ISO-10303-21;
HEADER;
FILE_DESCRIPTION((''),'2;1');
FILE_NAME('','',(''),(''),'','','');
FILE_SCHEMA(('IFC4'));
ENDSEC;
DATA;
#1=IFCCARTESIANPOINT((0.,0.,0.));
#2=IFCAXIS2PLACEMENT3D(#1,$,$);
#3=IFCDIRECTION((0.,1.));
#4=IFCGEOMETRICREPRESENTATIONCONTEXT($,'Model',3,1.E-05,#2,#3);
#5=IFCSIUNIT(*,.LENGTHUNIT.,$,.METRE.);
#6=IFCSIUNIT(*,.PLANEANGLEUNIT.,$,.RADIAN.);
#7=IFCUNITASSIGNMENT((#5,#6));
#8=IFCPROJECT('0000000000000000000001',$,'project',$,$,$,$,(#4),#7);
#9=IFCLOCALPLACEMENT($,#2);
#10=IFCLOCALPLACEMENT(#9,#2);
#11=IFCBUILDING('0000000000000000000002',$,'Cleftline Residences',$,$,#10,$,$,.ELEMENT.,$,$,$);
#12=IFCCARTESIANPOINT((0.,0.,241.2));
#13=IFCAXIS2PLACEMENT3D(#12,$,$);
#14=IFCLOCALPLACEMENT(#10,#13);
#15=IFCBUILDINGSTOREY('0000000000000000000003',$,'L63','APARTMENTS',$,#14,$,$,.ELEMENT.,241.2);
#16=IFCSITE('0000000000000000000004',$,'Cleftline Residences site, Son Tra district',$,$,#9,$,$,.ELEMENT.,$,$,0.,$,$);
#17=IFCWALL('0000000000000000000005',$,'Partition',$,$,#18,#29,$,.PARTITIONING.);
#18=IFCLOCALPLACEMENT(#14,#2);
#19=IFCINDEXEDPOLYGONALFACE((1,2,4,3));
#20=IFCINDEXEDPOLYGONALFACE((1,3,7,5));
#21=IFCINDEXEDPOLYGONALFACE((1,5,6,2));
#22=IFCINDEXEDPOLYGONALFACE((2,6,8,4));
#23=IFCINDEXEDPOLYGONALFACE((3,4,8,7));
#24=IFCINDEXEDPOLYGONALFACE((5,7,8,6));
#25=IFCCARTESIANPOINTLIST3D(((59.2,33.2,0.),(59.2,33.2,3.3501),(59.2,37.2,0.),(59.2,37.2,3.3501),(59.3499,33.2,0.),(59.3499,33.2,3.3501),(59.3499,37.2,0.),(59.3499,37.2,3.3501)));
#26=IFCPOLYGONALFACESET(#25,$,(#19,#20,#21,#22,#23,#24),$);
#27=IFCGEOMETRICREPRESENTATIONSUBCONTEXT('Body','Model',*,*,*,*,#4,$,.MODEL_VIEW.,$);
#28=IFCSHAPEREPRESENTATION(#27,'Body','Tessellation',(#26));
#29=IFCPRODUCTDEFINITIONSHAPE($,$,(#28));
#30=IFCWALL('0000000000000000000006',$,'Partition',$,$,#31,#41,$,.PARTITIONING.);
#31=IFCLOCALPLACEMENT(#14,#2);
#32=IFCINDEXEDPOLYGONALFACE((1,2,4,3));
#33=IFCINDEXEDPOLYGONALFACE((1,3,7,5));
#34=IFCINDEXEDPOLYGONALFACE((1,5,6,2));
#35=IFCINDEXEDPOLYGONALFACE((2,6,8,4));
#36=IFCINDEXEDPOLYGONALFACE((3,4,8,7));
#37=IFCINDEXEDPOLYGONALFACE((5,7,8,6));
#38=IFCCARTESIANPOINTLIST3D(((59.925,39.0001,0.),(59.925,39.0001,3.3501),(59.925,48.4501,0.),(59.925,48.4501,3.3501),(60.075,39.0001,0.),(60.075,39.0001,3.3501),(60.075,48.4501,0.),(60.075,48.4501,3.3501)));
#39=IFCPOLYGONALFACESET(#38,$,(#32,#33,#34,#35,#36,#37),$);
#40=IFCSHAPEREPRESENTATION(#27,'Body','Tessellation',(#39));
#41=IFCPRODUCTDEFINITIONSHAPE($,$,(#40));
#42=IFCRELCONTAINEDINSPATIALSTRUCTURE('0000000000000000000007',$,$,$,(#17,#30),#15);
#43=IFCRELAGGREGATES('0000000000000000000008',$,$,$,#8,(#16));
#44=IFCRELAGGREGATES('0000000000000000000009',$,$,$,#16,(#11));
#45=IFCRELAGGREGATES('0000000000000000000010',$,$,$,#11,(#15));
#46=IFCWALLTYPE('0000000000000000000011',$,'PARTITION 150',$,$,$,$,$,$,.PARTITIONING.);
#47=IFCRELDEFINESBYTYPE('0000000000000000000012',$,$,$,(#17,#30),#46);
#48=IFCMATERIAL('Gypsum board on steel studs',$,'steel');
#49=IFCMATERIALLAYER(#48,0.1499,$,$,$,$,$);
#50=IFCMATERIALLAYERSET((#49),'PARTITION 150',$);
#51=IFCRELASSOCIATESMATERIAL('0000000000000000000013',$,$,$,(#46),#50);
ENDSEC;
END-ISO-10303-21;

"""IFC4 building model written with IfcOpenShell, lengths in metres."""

from ifc_helpers import new_model, si_unit, direction, frame, frame_2d, origin, place, context, subcontext, project, spatial, rectangle, extrude, material, layer, layer_set, type_object, element, save


model = new_model("IFC4")

# Units and contexts
model_context = context("Model", 3, precision=1e-05, world=origin(), true_north=direction((0.0, 1.0)))
body_context = subcontext(model_context, "Body", "Model", "MODEL_VIEW")
ifc_project = project(units=[si_unit("LENGTHUNIT", "METRE"), si_unit("PLANEANGLEUNIT", "RADIAN")], contexts=[model_context])

# Site, building, storey
site_placement = place(None, origin())
site = spatial("IfcSite", under=ifc_project, at=site_placement, Name="Cleftline Residences site, Son Tra district", CompositionType="ELEMENT", RefElevation=0.0)
building_placement = place(site_placement, origin())
building = spatial("IfcBuilding", under=site, at=building_placement, Name="Cleftline Residences", CompositionType="ELEMENT")
storey_placement = place(building_placement, frame((0.0, 0.0, 241.2)))
storey = spatial("IfcBuildingStorey", under=building, at=storey_placement, Name="L63", Description="APARTMENTS", CompositionType="ELEMENT", Elevation=241.2)

# Shared definitions
ifc_material_1 = material(Name="Gypsum board on steel studs", Category="steel")
ifc_layer_1 = layer(ifc_material_1, 0.1499)
ifc_layer_set_1 = layer_set([ifc_layer_1], Name="PARTITION 150")
wall_type_1 = type_object("IfcWallType", Name="PARTITION 150", PredefinedType="PARTITIONING", material=ifc_layer_set_1)

# Walls
wall_1_placement = place(storey_placement, frame((59.2749, 33.2, 0.0), z_axis=(0.0, 0.0, 1.0), x_axis=(0.0, 1.0, 0.0)))
element("IfcWall", 1, at=wall_1_placement, inside=storey, type_object=wall_type_1, Name="Partition", PredefinedType="PARTITIONING", context=body_context, shape_type="SweptSolid", body=[
    extrude(rectangle(XDim=4.0, YDim=0.1499, at=frame_2d((2.0, 0.0))), origin(), (0.0, 0.0, 1.0), 3.3501),
])
wall_2_placement = place(storey_placement, frame((60.0, 39.0, 0.0), z_axis=(0.0, 0.0, 1.0), x_axis=(0.0, 1.0, 0.0)))
element("IfcWall", 2, at=wall_2_placement, inside=storey, type_object=wall_type_1, Name="Partition", PredefinedType="PARTITIONING", context=body_context, shape_type="SweptSolid", body=[
    extrude(rectangle(XDim=9.45, YDim=0.1499, at=frame_2d((4.7251, 0.0))), origin(), (0.0, 0.0, 1.0), 3.3501),
])

save(model, "model.ifc")
